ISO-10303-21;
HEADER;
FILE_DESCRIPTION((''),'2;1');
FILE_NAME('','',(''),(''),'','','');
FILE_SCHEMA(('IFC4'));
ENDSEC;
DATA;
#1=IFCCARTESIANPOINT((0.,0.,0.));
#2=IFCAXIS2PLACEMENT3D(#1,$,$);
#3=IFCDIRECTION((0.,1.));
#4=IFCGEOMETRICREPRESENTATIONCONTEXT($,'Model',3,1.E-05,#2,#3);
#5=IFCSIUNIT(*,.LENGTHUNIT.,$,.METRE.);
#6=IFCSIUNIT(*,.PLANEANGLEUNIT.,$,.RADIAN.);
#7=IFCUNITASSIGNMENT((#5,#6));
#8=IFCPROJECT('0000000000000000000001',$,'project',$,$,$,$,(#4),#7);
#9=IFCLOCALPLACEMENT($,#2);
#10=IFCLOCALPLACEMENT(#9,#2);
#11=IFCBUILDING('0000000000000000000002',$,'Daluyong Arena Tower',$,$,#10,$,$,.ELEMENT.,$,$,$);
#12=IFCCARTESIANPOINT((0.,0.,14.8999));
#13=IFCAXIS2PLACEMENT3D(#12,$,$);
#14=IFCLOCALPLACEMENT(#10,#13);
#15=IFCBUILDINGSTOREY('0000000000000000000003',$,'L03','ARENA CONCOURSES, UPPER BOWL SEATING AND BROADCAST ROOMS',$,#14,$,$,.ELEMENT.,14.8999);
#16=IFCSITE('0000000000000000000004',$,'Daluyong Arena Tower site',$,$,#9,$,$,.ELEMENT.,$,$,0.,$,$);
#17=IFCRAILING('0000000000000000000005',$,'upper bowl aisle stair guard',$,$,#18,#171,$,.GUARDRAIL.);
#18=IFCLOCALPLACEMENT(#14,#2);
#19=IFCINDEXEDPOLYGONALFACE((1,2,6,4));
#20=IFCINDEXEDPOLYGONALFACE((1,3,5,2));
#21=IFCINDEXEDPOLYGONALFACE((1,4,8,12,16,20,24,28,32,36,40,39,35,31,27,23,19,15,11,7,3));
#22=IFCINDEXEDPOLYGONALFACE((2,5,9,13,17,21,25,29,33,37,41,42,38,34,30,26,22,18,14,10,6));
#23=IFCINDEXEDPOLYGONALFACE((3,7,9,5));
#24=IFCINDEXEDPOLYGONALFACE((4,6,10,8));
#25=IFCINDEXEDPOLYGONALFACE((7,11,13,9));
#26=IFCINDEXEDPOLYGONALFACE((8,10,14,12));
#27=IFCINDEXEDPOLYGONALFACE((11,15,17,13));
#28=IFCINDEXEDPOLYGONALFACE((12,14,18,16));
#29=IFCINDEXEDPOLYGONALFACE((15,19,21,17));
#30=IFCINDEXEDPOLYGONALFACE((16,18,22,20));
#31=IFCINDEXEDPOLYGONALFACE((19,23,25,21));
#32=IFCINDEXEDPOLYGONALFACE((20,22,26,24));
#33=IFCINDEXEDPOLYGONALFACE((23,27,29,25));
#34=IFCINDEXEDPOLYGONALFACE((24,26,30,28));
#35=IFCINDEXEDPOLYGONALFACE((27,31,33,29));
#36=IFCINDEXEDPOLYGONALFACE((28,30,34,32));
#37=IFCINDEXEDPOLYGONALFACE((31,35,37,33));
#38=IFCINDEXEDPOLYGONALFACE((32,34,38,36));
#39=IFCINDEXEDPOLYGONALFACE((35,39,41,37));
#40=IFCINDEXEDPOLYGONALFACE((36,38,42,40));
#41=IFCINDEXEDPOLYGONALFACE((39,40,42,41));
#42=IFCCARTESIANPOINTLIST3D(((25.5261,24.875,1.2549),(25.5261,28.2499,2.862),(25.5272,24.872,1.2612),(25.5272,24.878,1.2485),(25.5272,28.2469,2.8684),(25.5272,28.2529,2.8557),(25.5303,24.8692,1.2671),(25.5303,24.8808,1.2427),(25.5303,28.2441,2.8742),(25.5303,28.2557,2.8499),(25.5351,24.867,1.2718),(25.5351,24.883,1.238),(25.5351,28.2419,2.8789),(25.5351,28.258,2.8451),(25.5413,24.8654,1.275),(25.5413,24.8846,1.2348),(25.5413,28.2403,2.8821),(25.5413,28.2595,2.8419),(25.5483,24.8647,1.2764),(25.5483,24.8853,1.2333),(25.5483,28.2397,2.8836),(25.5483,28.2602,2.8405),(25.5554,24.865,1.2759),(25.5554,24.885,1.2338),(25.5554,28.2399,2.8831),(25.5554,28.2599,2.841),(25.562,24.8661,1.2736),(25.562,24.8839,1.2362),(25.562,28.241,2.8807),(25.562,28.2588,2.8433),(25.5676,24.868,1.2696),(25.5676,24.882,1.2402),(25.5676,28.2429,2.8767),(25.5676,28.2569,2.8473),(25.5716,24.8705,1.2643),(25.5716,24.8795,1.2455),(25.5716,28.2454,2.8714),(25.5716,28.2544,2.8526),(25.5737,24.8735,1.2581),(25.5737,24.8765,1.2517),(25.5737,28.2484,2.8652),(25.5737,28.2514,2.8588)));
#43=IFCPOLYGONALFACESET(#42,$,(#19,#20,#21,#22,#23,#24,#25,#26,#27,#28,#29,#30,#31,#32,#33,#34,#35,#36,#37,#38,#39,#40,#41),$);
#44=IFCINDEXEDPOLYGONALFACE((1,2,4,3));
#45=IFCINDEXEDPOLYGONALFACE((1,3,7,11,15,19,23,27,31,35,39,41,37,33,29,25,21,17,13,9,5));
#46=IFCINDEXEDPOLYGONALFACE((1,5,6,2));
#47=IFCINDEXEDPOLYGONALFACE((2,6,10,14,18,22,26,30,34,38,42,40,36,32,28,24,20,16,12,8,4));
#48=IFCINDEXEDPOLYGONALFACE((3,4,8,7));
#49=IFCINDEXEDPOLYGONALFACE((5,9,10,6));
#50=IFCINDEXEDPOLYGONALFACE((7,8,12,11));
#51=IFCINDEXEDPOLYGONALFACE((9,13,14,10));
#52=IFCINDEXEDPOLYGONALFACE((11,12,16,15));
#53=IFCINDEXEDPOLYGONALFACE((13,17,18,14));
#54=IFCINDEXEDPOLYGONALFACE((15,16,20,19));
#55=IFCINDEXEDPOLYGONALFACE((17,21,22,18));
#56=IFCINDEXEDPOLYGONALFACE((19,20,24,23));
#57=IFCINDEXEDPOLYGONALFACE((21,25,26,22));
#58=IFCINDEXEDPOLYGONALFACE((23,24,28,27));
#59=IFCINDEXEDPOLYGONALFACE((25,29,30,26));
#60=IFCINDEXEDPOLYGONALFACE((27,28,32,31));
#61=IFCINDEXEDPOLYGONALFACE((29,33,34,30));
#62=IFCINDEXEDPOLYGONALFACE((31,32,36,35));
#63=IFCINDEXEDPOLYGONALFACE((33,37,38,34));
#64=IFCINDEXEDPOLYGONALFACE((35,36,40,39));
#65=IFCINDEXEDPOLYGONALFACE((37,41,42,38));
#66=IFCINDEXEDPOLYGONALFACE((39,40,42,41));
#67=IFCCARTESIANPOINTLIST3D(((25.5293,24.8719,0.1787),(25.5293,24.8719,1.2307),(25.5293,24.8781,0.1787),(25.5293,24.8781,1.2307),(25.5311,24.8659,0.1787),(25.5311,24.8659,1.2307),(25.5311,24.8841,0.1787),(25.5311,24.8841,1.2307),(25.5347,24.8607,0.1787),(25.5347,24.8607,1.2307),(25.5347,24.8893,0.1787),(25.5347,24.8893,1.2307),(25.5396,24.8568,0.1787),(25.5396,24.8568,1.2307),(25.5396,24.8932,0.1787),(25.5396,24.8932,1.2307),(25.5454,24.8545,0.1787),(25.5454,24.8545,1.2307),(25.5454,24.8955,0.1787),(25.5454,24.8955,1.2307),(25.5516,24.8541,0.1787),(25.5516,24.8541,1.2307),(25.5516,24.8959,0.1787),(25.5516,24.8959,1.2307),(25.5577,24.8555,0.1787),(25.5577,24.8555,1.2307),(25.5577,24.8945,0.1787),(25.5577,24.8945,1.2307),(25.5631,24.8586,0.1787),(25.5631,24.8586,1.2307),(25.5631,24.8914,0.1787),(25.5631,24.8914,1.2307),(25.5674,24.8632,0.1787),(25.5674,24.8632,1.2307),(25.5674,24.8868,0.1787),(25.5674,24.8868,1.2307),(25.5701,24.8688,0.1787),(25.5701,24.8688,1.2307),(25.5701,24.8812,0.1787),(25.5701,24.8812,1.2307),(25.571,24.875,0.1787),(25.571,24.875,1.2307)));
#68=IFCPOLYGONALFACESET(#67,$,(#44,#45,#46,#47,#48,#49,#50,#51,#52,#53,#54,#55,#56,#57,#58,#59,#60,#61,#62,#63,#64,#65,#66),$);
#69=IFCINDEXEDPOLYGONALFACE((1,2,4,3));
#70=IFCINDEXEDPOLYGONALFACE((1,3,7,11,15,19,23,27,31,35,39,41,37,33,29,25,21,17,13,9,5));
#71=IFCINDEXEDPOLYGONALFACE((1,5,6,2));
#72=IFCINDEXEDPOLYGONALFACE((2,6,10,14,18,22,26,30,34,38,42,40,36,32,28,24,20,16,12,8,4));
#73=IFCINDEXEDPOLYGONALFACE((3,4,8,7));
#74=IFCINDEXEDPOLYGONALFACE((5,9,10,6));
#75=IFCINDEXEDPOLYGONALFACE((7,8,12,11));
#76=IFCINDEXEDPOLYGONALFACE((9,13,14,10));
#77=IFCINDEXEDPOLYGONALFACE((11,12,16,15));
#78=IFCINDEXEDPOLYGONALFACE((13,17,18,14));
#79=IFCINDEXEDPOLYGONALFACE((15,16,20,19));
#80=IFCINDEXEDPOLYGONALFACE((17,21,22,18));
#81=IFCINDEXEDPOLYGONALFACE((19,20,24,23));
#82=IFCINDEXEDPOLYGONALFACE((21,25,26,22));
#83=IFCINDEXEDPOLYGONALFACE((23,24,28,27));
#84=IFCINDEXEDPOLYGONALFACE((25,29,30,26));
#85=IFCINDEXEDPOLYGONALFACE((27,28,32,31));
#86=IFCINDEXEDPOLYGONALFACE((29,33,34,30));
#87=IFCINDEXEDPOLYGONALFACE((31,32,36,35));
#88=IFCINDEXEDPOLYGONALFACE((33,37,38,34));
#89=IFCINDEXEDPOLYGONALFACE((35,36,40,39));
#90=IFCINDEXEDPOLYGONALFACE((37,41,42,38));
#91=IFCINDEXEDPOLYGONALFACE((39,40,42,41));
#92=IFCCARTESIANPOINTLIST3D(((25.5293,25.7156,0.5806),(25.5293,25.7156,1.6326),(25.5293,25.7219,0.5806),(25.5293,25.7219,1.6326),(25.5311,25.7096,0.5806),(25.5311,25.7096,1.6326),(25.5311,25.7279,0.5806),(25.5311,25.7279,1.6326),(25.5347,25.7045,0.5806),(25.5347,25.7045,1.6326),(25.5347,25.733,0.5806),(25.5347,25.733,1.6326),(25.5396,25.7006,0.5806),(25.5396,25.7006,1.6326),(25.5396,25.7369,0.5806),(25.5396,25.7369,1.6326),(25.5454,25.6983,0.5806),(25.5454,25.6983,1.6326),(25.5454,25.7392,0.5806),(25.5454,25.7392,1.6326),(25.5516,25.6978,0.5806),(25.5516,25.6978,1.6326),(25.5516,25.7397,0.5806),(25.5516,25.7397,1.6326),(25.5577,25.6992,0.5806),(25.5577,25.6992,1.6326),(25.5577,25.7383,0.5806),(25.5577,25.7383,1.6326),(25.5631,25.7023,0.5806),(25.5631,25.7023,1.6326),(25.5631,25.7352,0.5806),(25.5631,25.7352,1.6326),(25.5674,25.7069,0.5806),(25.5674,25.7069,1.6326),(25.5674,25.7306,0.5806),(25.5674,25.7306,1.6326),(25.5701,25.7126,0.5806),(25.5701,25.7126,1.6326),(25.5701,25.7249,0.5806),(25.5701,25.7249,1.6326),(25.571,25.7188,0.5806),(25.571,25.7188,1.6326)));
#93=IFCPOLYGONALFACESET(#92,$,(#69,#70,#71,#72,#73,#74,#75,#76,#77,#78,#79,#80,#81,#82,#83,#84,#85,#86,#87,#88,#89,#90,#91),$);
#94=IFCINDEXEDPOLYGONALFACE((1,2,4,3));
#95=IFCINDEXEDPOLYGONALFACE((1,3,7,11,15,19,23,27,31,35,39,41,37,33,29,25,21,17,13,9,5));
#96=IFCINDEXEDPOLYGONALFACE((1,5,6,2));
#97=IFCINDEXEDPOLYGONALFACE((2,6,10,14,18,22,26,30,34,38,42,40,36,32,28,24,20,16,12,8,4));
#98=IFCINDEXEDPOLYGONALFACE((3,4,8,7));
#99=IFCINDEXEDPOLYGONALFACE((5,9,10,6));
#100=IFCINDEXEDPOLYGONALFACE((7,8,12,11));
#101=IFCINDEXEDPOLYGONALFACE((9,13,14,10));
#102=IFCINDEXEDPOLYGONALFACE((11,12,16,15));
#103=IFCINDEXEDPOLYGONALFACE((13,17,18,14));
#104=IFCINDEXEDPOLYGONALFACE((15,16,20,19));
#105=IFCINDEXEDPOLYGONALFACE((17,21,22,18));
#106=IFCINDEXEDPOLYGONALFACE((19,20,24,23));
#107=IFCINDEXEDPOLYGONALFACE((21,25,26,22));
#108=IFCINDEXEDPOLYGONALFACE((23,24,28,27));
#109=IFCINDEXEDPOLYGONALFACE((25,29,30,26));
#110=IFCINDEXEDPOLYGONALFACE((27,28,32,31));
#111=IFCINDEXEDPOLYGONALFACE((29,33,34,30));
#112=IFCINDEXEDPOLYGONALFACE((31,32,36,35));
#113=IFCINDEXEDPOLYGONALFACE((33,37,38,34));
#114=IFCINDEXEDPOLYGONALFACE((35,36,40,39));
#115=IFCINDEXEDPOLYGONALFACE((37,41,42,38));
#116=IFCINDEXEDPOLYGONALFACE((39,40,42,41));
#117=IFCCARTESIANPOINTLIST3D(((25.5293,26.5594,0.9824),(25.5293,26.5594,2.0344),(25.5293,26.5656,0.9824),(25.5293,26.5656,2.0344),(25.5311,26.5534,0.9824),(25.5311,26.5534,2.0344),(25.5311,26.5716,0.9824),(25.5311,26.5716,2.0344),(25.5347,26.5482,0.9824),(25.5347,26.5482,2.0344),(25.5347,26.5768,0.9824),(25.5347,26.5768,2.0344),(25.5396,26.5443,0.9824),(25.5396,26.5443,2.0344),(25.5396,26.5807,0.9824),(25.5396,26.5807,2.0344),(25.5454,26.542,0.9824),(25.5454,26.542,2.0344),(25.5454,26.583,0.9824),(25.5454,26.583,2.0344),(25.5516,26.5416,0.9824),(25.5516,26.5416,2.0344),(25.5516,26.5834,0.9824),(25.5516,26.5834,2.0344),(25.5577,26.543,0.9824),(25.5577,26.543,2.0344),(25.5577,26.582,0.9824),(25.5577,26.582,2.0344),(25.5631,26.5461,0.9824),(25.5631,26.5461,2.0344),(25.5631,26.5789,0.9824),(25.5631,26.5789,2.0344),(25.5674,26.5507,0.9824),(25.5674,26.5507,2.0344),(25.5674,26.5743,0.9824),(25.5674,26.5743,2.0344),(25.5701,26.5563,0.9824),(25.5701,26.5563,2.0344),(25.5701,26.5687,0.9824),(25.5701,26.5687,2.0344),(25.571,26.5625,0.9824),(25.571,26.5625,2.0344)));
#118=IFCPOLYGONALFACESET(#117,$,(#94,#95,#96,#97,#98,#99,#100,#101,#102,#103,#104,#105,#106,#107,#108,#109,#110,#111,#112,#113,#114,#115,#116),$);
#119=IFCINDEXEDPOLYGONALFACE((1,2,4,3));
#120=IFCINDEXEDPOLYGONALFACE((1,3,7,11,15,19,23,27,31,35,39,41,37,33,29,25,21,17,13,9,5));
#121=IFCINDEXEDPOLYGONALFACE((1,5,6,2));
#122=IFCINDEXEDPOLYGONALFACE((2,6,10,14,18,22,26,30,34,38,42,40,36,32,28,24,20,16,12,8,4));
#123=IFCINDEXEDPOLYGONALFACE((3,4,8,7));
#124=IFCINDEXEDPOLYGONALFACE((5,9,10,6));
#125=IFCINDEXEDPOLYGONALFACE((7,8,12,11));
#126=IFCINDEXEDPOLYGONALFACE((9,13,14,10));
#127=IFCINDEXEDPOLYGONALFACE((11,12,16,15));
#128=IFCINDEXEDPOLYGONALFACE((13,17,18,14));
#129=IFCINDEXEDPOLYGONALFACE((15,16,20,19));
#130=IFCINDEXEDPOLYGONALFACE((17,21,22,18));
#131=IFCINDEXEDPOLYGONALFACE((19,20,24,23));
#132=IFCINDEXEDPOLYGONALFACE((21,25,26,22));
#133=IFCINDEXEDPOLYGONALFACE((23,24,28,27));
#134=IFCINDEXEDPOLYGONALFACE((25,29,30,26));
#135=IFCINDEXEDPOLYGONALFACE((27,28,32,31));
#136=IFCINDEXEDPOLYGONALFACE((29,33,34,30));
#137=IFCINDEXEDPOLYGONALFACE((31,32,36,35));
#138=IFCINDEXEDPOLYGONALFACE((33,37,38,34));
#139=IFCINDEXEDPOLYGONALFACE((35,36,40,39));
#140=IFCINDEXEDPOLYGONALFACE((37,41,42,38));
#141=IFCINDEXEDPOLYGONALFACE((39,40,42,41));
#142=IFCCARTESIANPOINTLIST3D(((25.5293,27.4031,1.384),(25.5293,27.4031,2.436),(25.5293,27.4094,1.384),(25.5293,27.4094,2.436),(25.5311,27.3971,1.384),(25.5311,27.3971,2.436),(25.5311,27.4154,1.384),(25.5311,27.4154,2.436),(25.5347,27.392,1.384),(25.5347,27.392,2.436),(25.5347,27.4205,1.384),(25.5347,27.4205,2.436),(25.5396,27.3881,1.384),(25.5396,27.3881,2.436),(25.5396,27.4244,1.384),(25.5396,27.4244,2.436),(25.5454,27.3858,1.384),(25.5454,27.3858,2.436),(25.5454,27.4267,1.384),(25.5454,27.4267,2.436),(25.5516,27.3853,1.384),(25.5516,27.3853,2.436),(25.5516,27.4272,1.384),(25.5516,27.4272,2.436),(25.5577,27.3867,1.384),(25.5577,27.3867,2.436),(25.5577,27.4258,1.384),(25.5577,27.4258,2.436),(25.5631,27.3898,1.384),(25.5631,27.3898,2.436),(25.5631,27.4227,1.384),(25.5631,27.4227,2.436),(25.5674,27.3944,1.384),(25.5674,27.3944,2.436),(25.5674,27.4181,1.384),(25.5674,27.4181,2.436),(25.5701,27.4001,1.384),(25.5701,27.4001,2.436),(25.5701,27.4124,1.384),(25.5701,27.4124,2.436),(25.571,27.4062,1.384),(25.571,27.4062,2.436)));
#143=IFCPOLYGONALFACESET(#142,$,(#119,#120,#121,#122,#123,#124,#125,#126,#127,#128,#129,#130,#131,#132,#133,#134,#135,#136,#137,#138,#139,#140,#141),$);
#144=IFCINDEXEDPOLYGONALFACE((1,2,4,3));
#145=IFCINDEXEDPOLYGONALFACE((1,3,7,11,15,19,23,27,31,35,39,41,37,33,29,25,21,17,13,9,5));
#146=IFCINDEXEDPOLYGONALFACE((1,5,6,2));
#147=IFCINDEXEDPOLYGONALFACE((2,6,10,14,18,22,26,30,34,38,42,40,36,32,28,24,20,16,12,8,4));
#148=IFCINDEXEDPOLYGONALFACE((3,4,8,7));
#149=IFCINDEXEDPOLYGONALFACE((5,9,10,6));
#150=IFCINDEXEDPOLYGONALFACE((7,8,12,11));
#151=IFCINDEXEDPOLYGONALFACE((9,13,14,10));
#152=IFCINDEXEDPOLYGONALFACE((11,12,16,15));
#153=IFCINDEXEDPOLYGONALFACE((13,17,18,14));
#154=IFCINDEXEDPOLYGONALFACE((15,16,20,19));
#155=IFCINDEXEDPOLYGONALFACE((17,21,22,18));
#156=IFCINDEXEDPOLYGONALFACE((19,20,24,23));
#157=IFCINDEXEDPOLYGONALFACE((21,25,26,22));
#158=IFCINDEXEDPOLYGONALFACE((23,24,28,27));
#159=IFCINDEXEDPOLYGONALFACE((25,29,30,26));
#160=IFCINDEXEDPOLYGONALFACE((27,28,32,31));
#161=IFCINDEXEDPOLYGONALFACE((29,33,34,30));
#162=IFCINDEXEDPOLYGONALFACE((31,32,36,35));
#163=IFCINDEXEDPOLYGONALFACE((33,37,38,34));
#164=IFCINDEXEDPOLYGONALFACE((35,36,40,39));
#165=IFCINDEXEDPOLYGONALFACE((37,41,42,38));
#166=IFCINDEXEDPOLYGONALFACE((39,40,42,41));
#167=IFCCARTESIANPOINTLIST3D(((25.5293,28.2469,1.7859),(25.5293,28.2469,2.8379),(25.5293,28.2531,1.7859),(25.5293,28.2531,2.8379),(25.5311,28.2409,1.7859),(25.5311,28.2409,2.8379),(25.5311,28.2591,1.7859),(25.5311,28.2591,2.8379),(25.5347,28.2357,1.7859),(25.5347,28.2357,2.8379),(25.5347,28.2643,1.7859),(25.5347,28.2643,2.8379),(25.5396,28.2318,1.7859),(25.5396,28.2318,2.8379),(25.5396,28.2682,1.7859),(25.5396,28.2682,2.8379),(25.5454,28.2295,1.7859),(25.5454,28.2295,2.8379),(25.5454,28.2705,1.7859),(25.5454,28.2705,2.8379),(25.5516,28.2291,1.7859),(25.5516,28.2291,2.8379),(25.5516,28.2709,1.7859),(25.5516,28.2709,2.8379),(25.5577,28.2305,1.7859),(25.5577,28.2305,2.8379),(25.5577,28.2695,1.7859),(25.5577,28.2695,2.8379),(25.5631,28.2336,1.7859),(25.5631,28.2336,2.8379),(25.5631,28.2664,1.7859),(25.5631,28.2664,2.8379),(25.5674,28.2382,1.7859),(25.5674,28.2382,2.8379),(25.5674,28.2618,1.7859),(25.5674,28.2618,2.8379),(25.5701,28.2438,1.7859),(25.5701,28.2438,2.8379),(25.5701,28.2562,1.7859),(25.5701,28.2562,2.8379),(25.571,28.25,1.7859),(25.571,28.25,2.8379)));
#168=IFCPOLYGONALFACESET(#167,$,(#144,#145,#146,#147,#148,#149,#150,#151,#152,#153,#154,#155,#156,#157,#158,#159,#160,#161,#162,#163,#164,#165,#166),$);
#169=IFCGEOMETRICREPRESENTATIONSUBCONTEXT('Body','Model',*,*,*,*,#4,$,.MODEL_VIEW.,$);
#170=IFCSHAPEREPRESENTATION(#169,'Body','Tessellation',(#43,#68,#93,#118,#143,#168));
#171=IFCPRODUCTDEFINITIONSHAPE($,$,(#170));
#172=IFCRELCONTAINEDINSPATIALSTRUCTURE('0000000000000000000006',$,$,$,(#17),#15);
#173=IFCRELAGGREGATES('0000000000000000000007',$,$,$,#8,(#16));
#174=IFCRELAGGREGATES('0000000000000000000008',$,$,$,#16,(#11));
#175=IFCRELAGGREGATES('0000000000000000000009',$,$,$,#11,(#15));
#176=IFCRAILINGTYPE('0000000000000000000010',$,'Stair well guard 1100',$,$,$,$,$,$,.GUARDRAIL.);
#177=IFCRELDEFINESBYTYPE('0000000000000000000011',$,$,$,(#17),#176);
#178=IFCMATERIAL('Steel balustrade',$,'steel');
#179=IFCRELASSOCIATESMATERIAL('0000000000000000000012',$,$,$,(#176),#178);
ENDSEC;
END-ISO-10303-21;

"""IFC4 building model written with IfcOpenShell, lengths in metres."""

from ifc_helpers import new_model, si_unit, direction, frame, origin, origin_2d, place, context, subcontext, project, spatial, circle, extrude, material, type_object, element, save


model = new_model("IFC4")

# Units and contexts
model_context = context("Model", 3, precision=1e-05, world=origin(), true_north=direction((0.0, 1.0)))
body_context = subcontext(model_context, "Body", "Model", "MODEL_VIEW")
ifc_project = project(units=[si_unit("LENGTHUNIT", "METRE"), si_unit("PLANEANGLEUNIT", "RADIAN")], contexts=[model_context])

# Site, building, storey
site_placement = place(None, origin())
site = spatial("IfcSite", under=ifc_project, at=site_placement, Name="Daluyong Arena Tower site", CompositionType="ELEMENT", RefElevation=0.0)
building_placement = place(site_placement, origin())
building = spatial("IfcBuilding", under=site, at=building_placement, Name="Daluyong Arena Tower", CompositionType="ELEMENT")
storey_placement = place(building_placement, frame((0.0, 0.0, 14.8999)))
storey = spatial("IfcBuildingStorey", under=building, at=storey_placement, Name="L03", Description="ARENA CONCOURSES, UPPER BOWL SEATING AND BROADCAST ROOMS", CompositionType="ELEMENT", Elevation=14.8999)

# Railing
ifc_material_1 = material(Name="Steel balustrade", Category="steel")
railing_type_1 = type_object("IfcRailingType", Name="Stair well guard 1100", PredefinedType="GUARDRAIL", material=ifc_material_1)
railing_1_placement = place(storey_placement, frame((25.55, 24.875, 0.1787)))
element("IfcRailing", 1, at=railing_1_placement, inside=storey, type_object=railing_type_1, Name="upper bowl aisle stair guard", PredefinedType="GUARDRAIL", context=body_context, shape_type="SweptSolid", body=[
    extrude(circle(Radius=0.0239, at=origin_2d()), frame((0.0, 0.0, 1.0762), z_axis=(0.0, 0.902857, 0.429941), x_axis=(-1.0, 0.0, 0.0)), (0.0, 0.0, 1.0), 3.738),
    extrude(circle(Radius=0.021, at=origin_2d()), origin(), (0.0, 0.0, 1.0), 1.052),
    extrude(circle(Radius=0.021, at=origin_2d()), frame((0.0, 0.8438, 0.4019)), (0.0, 0.0, 1.0), 1.052),
    extrude(circle(Radius=0.021, at=origin_2d()), frame((0.0, 1.6875, 0.8037)), (0.0, 0.0, 1.0), 1.052),
    extrude(circle(Radius=0.021, at=origin_2d()), frame((0.0, 2.5312, 1.2053)), (0.0, 0.0, 1.0), 1.052),
    extrude(circle(Radius=0.021, at=origin_2d()), frame((0.0, 3.375, 1.6072)), (0.0, 0.0, 1.0), 1.052),
])

save(model, "model.ifc")
